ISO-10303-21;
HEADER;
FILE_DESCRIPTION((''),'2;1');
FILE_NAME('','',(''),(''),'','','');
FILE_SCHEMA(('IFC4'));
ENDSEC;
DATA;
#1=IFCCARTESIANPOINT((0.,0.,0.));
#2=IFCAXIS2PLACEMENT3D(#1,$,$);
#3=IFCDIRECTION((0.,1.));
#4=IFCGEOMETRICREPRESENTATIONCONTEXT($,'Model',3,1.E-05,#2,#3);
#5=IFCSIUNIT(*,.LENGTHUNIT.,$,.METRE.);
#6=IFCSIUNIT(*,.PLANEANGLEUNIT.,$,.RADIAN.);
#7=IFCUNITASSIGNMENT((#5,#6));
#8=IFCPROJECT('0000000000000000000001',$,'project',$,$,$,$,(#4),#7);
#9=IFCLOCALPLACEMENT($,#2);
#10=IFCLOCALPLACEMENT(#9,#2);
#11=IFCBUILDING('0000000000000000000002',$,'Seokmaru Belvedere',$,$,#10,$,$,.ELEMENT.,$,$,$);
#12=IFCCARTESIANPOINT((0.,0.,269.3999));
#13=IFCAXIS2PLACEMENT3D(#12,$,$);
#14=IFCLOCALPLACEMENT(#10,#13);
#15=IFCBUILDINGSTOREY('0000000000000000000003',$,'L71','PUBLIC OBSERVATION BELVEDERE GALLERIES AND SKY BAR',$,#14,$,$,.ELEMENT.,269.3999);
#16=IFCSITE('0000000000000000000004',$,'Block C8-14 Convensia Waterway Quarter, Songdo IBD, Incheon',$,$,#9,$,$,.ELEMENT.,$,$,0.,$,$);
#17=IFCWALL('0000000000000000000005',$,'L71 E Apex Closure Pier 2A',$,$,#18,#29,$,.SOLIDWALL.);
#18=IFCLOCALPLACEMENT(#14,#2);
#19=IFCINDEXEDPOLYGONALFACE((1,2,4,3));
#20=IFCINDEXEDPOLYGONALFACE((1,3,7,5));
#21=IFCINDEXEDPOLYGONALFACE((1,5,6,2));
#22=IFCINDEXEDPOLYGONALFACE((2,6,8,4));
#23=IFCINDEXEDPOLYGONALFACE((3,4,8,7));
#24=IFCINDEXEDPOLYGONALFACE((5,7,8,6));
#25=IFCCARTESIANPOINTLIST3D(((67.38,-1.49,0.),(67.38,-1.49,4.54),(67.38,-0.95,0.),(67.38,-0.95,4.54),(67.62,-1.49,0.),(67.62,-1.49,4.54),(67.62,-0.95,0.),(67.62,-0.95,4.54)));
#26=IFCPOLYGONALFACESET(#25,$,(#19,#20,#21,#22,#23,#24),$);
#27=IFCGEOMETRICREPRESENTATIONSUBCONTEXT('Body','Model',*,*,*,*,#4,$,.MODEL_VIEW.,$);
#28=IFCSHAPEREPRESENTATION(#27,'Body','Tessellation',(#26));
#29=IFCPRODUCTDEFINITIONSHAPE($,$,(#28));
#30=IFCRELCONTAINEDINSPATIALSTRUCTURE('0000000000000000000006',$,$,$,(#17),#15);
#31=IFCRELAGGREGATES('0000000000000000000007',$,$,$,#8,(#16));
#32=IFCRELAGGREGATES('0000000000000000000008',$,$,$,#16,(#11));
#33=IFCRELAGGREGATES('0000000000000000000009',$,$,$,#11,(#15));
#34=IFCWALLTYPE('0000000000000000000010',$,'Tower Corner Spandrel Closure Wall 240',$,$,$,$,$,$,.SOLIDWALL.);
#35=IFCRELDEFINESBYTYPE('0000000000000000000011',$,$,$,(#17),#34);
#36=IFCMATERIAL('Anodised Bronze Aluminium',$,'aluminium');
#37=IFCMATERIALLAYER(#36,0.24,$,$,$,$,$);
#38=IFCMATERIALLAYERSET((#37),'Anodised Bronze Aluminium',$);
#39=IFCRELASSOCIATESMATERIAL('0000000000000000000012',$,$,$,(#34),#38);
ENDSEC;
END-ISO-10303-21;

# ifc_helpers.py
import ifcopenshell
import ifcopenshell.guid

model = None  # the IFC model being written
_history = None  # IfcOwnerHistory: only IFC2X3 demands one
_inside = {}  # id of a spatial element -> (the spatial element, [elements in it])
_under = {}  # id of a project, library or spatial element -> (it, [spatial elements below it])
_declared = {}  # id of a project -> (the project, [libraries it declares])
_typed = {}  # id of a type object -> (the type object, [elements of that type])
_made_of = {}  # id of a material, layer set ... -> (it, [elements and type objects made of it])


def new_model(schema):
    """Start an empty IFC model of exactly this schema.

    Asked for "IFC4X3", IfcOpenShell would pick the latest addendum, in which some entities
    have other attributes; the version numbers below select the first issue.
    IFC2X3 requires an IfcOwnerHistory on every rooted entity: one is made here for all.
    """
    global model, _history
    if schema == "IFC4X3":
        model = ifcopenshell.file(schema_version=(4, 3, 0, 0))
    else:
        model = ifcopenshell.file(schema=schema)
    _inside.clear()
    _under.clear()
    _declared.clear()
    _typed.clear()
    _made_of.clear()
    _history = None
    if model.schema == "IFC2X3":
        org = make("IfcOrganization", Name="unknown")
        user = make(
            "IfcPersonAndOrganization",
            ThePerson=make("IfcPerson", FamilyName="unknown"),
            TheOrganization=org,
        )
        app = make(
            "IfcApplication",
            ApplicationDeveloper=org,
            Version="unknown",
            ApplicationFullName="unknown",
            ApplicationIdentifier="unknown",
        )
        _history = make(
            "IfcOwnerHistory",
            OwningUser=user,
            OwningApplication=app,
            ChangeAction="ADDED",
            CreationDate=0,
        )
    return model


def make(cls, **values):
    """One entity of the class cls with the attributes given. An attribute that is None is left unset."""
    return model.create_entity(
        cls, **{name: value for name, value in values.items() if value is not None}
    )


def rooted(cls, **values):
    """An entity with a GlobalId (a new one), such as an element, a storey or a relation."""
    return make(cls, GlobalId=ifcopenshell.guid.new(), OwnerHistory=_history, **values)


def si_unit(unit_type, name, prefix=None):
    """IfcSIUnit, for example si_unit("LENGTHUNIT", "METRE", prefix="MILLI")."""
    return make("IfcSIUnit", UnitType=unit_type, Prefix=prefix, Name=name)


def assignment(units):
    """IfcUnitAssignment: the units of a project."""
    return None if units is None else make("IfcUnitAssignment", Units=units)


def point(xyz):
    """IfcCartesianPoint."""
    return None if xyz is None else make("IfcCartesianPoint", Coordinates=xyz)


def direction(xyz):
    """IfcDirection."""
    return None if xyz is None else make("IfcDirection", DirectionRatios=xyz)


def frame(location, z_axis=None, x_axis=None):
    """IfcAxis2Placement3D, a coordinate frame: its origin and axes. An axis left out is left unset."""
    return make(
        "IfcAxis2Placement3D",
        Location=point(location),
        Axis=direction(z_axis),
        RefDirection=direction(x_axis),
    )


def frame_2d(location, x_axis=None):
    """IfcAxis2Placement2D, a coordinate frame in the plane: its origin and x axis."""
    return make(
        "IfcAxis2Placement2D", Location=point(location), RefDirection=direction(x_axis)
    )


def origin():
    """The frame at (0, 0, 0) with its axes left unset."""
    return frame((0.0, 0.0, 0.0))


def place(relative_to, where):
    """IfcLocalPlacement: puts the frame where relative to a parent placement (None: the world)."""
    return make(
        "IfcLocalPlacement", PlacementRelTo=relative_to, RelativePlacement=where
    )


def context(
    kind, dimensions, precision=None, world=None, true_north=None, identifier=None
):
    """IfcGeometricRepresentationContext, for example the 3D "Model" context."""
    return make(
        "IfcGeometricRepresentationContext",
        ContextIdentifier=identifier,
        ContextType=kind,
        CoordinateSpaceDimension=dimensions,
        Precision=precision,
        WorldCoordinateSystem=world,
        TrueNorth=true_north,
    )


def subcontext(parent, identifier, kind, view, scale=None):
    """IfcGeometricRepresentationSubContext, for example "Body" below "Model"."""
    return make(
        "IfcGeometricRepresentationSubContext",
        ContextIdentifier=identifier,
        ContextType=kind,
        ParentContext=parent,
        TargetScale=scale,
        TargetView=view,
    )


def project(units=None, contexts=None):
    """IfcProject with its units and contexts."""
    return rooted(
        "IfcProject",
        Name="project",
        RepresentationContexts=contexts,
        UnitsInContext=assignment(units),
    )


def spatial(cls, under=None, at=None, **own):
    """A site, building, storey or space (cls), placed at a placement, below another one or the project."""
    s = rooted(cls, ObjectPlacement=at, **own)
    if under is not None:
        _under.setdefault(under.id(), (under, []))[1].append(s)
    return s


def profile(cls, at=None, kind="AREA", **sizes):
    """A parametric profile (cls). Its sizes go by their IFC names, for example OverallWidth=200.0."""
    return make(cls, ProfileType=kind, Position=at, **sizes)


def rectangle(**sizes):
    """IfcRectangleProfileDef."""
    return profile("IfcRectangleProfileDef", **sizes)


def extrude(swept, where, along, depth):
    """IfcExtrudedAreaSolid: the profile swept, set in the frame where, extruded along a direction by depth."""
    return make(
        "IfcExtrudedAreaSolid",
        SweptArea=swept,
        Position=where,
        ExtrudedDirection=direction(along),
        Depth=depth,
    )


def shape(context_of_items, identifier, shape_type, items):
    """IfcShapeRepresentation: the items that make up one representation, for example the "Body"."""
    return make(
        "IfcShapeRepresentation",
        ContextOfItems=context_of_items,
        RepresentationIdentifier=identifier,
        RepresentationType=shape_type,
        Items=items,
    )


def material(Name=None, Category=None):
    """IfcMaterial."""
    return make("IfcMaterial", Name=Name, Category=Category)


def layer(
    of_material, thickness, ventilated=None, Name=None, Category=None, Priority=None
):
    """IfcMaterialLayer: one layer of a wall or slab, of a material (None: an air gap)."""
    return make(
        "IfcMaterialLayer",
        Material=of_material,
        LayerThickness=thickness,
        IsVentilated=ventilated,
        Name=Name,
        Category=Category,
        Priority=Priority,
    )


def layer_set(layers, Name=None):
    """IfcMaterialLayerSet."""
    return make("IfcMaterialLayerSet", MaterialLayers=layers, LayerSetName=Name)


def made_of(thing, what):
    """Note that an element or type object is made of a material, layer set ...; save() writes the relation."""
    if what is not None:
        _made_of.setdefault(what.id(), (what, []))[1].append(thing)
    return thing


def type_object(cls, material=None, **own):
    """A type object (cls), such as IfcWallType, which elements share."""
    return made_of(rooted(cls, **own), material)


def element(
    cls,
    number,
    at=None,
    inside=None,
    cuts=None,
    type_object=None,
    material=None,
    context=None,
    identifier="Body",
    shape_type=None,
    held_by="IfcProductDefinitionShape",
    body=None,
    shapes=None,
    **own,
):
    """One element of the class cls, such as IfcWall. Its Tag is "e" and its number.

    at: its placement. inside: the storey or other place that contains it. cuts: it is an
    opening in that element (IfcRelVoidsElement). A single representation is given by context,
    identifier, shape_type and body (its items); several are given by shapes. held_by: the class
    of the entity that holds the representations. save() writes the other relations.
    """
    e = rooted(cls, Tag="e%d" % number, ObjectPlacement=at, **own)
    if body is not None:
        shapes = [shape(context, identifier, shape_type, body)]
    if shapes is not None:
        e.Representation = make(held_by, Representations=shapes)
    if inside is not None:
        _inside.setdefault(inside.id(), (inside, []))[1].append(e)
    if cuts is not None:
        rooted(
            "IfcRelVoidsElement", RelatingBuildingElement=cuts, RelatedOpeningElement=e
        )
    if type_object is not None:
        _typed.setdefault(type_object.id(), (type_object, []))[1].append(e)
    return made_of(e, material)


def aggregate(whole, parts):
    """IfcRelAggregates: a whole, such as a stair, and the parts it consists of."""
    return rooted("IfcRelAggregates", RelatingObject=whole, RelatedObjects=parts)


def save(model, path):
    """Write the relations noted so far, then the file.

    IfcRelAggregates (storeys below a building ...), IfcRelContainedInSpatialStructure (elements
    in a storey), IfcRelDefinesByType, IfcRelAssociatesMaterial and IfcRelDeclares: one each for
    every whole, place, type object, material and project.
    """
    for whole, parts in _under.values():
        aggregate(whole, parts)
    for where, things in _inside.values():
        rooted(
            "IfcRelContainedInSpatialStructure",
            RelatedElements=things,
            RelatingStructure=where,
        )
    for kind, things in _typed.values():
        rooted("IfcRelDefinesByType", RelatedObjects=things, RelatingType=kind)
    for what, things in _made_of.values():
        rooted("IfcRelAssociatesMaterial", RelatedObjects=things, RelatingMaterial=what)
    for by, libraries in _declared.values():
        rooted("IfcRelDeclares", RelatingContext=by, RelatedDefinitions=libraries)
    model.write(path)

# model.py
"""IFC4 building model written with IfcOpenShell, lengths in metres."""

from ifc_helpers import new_model, si_unit, direction, frame, frame_2d, origin, place, context, subcontext, project, spatial, rectangle, extrude, material, layer, layer_set, type_object, element, save


model = new_model("IFC4")

# Units and contexts
model_context = context("Model", 3, precision=1e-05, world=origin(), true_north=direction((0.0, 1.0)))
body_context = subcontext(model_context, "Body", "Model", "MODEL_VIEW")
ifc_project = project(units=[si_unit("LENGTHUNIT", "METRE"), si_unit("PLANEANGLEUNIT", "RADIAN")], contexts=[model_context])

# Site, building, storey
site_placement = place(None, origin())
site = spatial("IfcSite", under=ifc_project, at=site_placement, Name="Block C8-14 Convensia Waterway Quarter, Songdo IBD, Incheon", CompositionType="ELEMENT", RefElevation=0.0)
building_placement = place(site_placement, origin())
building = spatial("IfcBuilding", under=site, at=building_placement, Name="Seokmaru Belvedere", CompositionType="ELEMENT")
storey_placement = place(building_placement, frame((0.0, 0.0, 269.3999)))
storey = spatial("IfcBuildingStorey", under=building, at=storey_placement, Name="L71", Description="PUBLIC OBSERVATION BELVEDERE GALLERIES AND SKY BAR", CompositionType="ELEMENT", Elevation=269.3999)

# Shared definitions
ifc_material_1 = material(Name="Anodised Bronze Aluminium", Category="aluminium")

# Wall
ifc_layer_1 = layer(ifc_material_1, 0.24)
ifc_layer_set_1 = layer_set([ifc_layer_1], Name="Anodised Bronze Aluminium")
wall_type = type_object("IfcWallType", Name="Tower Corner Spandrel Closure Wall 240", PredefinedType="SOLIDWALL", material=ifc_layer_set_1)
wall_1_placement = place(storey_placement, frame((67.5, -1.49, 0.0), z_axis=(0.0, 0.0, 1.0), x_axis=(0.0, 1.0, 0.0)))
element("IfcWall", 1, at=wall_1_placement, inside=storey, type_object=wall_type, Name="L71 E Apex Closure Pier 2A", PredefinedType="SOLIDWALL", context=body_context, shape_type="SweptSolid", body=[
    extrude(rectangle(XDim=0.54, YDim=0.24, at=frame_2d((0.27, 0.0))), origin(), (0.0, 0.0, 1.0), 4.54),
])

save(model, "model.ifc")
